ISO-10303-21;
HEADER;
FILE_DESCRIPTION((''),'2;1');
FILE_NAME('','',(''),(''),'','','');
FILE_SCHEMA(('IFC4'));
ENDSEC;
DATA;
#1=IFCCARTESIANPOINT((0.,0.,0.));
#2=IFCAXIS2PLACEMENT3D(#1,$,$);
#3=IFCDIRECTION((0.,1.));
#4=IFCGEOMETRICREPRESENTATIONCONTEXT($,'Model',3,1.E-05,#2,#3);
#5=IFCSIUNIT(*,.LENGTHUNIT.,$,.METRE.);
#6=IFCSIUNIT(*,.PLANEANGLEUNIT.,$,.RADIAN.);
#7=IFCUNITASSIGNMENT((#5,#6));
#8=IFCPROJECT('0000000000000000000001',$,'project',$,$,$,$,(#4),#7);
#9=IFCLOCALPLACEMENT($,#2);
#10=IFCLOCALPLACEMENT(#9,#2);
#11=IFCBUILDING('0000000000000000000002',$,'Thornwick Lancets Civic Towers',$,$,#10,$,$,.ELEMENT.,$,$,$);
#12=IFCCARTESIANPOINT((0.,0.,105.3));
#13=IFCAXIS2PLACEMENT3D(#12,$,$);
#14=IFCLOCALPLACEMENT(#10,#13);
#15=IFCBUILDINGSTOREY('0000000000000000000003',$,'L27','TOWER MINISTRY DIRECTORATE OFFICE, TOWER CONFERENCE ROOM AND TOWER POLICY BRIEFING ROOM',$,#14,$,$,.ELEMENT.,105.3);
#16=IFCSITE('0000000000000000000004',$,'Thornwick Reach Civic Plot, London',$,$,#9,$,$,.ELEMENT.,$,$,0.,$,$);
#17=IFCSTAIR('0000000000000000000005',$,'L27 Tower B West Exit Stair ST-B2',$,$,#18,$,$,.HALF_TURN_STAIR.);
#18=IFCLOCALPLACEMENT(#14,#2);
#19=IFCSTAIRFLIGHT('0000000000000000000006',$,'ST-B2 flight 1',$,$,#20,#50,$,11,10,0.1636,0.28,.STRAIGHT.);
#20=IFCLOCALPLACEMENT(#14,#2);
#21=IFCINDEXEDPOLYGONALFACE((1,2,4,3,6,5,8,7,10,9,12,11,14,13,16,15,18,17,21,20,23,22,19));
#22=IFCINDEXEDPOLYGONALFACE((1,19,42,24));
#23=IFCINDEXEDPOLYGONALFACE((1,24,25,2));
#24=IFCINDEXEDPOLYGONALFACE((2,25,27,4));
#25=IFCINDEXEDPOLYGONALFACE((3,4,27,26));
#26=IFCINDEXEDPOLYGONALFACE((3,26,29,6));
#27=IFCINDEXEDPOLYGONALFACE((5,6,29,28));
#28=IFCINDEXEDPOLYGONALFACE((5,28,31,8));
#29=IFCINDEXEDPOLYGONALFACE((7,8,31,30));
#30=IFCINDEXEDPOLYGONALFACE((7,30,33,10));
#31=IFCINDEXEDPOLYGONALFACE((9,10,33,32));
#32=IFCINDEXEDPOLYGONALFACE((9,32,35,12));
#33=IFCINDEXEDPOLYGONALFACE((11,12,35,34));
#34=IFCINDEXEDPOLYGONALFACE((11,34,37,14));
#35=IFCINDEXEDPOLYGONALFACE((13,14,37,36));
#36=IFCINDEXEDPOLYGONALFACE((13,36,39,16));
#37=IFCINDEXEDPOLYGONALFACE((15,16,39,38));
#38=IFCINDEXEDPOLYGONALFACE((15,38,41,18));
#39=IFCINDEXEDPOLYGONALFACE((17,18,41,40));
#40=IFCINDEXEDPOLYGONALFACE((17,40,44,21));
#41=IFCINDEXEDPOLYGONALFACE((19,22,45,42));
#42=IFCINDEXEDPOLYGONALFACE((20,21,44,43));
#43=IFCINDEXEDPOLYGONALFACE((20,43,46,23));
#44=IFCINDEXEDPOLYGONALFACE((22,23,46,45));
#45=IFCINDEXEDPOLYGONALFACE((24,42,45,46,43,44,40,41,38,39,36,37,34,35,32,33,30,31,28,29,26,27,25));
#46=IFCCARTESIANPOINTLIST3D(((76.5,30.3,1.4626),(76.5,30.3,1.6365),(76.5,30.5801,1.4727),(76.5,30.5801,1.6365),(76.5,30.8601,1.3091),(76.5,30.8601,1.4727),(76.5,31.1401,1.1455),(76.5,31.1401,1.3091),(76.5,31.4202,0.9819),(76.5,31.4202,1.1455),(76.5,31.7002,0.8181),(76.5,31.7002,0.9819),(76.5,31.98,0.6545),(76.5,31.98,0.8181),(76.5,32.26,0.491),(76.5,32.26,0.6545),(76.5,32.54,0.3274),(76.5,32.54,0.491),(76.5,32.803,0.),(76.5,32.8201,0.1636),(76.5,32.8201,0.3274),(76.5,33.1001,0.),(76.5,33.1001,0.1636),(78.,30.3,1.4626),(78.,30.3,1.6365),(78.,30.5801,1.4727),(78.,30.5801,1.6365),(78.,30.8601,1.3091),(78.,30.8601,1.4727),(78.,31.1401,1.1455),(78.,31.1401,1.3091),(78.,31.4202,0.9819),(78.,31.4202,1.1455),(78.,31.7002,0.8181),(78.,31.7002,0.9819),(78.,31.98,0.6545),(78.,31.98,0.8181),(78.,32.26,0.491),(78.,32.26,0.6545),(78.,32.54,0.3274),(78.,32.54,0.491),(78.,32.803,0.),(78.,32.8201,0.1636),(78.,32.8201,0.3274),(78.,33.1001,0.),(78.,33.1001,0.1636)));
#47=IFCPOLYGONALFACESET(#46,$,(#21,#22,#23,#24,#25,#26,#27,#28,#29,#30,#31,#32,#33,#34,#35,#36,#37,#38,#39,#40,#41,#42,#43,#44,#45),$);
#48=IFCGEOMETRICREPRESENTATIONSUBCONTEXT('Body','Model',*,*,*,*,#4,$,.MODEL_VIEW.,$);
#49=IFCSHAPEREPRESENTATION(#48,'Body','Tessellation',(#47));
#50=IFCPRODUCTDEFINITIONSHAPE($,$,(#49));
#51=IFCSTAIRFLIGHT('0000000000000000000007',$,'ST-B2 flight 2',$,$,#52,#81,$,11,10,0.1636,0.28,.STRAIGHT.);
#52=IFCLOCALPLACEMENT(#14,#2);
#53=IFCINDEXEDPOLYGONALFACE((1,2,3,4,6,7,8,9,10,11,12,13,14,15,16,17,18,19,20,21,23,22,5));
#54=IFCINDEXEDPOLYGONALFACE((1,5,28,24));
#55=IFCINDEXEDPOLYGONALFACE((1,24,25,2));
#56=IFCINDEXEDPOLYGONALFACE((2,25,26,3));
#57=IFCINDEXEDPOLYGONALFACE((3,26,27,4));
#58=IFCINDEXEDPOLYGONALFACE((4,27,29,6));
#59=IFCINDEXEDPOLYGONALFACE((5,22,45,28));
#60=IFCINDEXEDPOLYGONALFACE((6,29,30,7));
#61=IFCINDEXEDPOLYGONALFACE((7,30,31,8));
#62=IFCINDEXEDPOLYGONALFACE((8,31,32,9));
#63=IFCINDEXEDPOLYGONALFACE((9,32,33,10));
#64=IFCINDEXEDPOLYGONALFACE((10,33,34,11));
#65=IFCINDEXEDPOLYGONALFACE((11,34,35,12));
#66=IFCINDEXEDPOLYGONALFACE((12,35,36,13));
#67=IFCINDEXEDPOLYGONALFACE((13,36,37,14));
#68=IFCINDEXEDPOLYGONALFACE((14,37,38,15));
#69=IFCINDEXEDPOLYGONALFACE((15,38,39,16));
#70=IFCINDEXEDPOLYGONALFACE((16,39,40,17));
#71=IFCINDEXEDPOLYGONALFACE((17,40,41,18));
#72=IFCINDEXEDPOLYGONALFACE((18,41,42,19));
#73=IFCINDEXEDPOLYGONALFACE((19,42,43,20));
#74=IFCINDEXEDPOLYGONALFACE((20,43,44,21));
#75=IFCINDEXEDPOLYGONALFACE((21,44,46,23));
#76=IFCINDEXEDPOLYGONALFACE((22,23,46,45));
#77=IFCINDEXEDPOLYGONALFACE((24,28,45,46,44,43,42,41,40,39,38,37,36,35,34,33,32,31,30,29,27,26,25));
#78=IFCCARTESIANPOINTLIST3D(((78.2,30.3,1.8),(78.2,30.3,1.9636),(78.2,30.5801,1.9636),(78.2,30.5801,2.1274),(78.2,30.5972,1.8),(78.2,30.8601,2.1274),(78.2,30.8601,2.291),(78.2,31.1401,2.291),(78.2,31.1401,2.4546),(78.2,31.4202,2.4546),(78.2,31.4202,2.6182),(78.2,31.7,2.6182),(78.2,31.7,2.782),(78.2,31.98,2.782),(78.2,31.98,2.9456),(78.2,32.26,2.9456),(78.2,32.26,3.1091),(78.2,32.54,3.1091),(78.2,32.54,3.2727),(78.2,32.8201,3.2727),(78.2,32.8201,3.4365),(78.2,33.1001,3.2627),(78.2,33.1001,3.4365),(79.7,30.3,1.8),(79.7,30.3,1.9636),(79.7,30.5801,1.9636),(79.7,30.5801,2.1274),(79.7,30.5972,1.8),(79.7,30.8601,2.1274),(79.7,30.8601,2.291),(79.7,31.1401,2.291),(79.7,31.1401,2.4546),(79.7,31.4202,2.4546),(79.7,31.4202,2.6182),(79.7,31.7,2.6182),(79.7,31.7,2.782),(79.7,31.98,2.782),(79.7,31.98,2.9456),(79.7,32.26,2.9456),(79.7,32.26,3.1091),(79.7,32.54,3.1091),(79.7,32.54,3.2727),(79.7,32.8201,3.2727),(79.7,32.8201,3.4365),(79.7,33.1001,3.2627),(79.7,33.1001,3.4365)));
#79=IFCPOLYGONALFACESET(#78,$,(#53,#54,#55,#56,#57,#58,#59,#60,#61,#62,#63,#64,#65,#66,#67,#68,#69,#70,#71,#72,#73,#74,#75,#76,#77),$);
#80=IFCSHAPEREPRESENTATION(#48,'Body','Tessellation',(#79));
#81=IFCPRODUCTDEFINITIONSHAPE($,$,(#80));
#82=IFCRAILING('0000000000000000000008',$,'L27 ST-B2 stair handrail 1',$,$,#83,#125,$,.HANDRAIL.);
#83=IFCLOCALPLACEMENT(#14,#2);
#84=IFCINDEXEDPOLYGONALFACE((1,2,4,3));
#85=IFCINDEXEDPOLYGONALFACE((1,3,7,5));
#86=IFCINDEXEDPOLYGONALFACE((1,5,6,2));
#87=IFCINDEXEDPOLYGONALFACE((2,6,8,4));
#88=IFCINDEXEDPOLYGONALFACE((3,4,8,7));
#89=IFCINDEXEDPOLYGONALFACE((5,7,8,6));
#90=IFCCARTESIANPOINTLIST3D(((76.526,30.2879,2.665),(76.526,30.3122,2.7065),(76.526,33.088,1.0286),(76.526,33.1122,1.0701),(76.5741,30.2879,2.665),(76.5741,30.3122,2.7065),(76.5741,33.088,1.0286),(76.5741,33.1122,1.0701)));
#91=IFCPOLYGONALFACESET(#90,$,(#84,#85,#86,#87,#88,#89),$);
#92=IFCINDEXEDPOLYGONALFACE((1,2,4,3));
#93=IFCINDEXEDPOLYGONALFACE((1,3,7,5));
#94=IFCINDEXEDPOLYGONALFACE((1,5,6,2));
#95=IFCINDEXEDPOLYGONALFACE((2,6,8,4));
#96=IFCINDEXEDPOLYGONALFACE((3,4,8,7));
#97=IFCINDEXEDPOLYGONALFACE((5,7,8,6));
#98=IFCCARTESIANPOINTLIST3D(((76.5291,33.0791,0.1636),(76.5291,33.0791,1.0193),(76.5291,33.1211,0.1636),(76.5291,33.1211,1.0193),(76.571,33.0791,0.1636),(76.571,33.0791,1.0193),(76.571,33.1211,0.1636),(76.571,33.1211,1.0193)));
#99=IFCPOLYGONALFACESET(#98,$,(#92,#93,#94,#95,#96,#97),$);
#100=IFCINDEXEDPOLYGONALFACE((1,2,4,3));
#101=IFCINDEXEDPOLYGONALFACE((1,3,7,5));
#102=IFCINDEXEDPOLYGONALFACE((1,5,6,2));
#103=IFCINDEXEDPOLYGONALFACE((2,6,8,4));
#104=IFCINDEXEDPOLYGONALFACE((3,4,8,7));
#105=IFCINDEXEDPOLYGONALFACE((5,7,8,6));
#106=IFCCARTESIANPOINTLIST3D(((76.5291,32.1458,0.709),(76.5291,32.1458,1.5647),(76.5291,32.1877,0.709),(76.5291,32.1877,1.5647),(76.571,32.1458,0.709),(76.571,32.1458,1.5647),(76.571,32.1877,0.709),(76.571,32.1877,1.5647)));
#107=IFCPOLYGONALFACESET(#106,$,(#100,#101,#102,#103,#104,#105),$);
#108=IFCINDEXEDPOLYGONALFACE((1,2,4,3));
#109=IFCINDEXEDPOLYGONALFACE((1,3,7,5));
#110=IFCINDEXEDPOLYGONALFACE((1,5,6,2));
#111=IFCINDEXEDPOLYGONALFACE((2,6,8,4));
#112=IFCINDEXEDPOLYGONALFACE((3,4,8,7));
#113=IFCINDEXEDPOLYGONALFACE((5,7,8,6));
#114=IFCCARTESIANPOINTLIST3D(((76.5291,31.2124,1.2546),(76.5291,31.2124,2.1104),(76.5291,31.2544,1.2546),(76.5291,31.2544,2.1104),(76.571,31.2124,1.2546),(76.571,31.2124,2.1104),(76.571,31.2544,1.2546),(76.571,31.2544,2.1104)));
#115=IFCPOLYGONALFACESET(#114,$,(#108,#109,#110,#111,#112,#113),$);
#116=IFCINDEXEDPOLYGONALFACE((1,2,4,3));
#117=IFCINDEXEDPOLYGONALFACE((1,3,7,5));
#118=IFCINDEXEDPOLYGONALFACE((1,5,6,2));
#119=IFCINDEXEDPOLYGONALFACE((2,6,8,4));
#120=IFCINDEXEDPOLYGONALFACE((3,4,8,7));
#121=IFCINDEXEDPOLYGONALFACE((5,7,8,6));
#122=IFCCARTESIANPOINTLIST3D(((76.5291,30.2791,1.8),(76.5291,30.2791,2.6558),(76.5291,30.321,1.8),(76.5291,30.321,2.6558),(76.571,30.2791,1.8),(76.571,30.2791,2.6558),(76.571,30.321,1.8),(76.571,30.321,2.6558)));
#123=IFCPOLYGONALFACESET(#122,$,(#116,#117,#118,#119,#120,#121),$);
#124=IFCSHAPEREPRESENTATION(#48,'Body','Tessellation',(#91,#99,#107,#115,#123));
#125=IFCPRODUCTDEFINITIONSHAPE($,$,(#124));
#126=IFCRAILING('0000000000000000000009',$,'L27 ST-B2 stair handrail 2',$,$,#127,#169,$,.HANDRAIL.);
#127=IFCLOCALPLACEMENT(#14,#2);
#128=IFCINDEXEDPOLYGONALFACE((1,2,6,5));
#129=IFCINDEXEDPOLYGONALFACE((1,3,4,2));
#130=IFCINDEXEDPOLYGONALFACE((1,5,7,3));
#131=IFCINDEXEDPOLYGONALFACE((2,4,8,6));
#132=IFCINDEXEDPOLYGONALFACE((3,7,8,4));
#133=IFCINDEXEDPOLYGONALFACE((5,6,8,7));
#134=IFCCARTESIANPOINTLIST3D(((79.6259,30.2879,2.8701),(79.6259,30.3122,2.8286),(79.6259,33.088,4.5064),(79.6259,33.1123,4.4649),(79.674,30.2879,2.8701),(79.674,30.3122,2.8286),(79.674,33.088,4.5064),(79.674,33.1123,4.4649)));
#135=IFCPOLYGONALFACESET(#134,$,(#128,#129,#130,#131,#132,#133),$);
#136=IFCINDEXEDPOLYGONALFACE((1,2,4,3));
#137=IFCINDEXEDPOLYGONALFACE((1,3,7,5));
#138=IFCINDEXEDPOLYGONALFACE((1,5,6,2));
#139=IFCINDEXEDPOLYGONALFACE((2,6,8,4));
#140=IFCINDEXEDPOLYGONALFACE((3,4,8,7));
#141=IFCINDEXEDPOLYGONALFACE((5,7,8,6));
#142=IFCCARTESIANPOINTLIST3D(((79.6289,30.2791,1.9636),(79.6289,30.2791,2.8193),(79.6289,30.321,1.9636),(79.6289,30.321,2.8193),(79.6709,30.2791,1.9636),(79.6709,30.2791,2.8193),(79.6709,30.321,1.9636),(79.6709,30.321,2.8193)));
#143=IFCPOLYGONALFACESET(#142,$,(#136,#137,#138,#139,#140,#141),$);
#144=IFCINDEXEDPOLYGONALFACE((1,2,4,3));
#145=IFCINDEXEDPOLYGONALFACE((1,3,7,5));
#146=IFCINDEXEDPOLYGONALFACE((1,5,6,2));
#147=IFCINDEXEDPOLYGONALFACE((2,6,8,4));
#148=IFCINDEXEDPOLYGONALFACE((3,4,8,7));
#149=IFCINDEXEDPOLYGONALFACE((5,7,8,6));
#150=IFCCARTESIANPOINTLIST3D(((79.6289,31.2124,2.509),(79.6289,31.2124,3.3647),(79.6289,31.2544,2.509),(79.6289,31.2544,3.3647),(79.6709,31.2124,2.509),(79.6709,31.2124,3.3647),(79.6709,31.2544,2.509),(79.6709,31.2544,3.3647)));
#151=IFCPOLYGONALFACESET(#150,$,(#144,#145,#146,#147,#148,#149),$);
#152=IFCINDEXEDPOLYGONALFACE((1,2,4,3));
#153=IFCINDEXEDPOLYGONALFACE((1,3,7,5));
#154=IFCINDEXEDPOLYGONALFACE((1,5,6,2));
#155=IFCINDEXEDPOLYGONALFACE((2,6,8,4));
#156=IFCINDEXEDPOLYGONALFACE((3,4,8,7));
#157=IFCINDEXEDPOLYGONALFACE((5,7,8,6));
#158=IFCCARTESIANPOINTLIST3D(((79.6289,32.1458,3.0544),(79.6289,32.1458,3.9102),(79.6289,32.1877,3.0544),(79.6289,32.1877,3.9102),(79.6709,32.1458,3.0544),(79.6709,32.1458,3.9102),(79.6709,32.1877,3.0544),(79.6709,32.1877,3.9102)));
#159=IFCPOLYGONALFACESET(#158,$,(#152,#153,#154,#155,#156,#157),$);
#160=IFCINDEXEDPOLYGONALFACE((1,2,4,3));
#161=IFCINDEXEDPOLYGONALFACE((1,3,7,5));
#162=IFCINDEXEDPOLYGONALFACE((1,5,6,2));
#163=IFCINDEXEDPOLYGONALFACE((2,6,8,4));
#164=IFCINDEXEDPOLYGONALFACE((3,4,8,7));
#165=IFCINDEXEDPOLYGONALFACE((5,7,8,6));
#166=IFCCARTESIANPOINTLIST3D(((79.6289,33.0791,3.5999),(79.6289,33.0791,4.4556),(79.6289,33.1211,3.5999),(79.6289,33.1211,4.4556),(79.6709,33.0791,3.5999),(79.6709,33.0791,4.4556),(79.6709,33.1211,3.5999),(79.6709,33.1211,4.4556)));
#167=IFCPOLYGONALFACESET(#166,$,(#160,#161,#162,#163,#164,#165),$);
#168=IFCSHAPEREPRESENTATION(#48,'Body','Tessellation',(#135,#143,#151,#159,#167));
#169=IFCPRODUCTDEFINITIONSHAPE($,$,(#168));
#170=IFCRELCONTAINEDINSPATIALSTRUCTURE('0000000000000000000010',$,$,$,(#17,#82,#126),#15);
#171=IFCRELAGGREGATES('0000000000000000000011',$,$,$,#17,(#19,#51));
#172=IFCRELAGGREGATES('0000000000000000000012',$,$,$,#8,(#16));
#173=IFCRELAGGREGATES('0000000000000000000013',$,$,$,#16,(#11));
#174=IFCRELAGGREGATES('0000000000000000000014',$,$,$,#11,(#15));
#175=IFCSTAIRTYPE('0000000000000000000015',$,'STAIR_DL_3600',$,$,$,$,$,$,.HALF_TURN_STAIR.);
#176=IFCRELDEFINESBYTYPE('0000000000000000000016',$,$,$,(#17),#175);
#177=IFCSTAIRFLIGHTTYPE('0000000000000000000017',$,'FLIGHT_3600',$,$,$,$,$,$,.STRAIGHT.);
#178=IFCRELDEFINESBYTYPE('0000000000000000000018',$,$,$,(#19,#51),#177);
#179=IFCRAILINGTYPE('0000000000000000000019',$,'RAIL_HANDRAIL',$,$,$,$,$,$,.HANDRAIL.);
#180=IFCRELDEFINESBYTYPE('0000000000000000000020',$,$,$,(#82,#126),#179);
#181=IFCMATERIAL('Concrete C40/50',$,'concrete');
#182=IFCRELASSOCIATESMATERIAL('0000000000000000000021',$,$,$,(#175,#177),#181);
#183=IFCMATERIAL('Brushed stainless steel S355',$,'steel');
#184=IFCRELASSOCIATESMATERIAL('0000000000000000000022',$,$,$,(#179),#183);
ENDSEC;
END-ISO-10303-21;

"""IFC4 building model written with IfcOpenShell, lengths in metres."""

from ifc_helpers import new_model, si_unit, direction, frame, origin, origin_2d, place, context, subcontext, project, spatial, polyline, rectangle, outline, extrude, material, type_object, element, aggregate, save


model = new_model("IFC4")

# Units and contexts
model_context = context("Model", 3, precision=1e-05, world=origin(), true_north=direction((0.0, 1.0)))
body_context = subcontext(model_context, "Body", "Model", "MODEL_VIEW")
ifc_project = project(units=[si_unit("LENGTHUNIT", "METRE"), si_unit("PLANEANGLEUNIT", "RADIAN")], contexts=[model_context])

# Site, building, storey
site_placement = place(None, origin())
site = spatial("IfcSite", under=ifc_project, at=site_placement, Name="Thornwick Reach Civic Plot, London", CompositionType="ELEMENT", RefElevation=0.0)
building_placement = place(site_placement, origin())
building = spatial("IfcBuilding", under=site, at=building_placement, Name="Thornwick Lancets Civic Towers", CompositionType="ELEMENT")
storey_placement = place(building_placement, frame((0.0, 0.0, 105.3)))
storey = spatial("IfcBuildingStorey", under=building, at=storey_placement, Name="L27", Description="TOWER MINISTRY DIRECTORATE OFFICE, TOWER CONFERENCE ROOM AND TOWER POLICY BRIEFING ROOM", CompositionType="ELEMENT", Elevation=105.3)

# Shared definitions
ifc_material_1 = material(Name="Concrete C40/50", Category="concrete")

# Stair, stair flights
stair_type = type_object("IfcStairType", Name="STAIR_DL_3600", PredefinedType="HALF_TURN_STAIR", material=ifc_material_1)
stair_placement = place(storey_placement, origin())
stair = element("IfcStair", 1, at=stair_placement, inside=storey, type_object=stair_type, Name="L27 Tower B West Exit Stair ST-B2", PredefinedType="HALF_TURN_STAIR")
stair_flight_type = type_object("IfcStairFlightType", Name="FLIGHT_3600", PredefinedType="STRAIGHT", material=ifc_material_1)
stair_flight_1_placement = place(storey_placement, frame((77.25, 33.1001, 0.0), z_axis=(0.0, 0.0, 1.0), x_axis=(0.0, -1.0, 0.0)))
stair_flight_1 = element("IfcStairFlight", 2, at=stair_flight_1_placement, type_object=stair_flight_type, Name="ST-B2 flight 1", NumberOfRisers=11, NumberOfTreads=10, PredefinedType="STRAIGHT", RiserHeight=0.1636, TreadLength=0.28, context=body_context, shape_type="SweptSolid", body=[
    extrude(outline(polyline([(0.0, 0.0), (0.0, 0.1636), (0.28, 0.1636), (0.28, 0.3274), (0.5601, 0.3274), (0.5601, 0.491), (0.8401, 0.491), (0.8401, 0.6545), (1.1201, 0.6545), (1.1201, 0.8181), (1.3999, 0.8181), (1.3999, 0.9819), (1.6799, 0.9819), (1.6799, 1.1455), (1.96, 1.1455), (1.96, 1.3091), (2.24, 1.3091), (2.24, 1.4727), (2.52, 1.4727), (2.52, 1.6365), (2.8, 1.6365), (2.8, 1.8), (2.8, 1.4626), (0.2971, 0.0), (0.0, 0.0)])), frame((0.0, 0.75, 0.0), z_axis=(0.0, -1.0, 0.0), x_axis=(1.0, 0.0, 0.0)), (0.0, 0.0, 1.0), 1.5),
])
stair_flight_2_placement = place(storey_placement, frame((78.95, 30.3, 1.8), z_axis=(0.0, 0.0, 1.0), x_axis=(0.0, 1.0, 0.0)))
stair_flight_2 = element("IfcStairFlight", 3, at=stair_flight_2_placement, type_object=stair_flight_type, Name="ST-B2 flight 2", NumberOfRisers=11, NumberOfTreads=10, PredefinedType="STRAIGHT", RiserHeight=0.1636, TreadLength=0.28, context=body_context, shape_type="SweptSolid", body=[
    extrude(outline(polyline([(0.0, 0.0), (0.0, 0.1636), (0.28, 0.1636), (0.28, 0.3274), (0.5601, 0.3274), (0.5601, 0.491), (0.8401, 0.491), (0.8401, 0.6545), (1.1201, 0.6545), (1.1201, 0.8181), (1.3999, 0.8181), (1.3999, 0.9819), (1.6799, 0.9819), (1.6799, 1.1455), (1.96, 1.1455), (1.96, 1.3091), (2.24, 1.3091), (2.24, 1.4727), (2.52, 1.4727), (2.52, 1.6365), (2.8, 1.6365), (2.8, 1.8), (2.8, 1.4626), (0.2971, 0.0), (0.0, 0.0)])), frame((0.0, 0.75, 0.0), z_axis=(0.0, -1.0, 0.0), x_axis=(1.0, 0.0, 0.0)), (0.0, 0.0, 1.0), 1.5),
])
aggregate(stair, [stair_flight_1, stair_flight_2])

# Railings
ifc_material_2 = material(Name="Brushed stainless steel S355", Category="steel")
railing_type_1 = type_object("IfcRailingType", Name="RAIL_HANDRAIL", PredefinedType="HANDRAIL", material=ifc_material_2)
railing_1_placement = place(storey_placement, frame((76.55, 33.1001, 0.1636)))
element("IfcRailing", 4, at=railing_1_placement, inside=storey, type_object=railing_type_1, Name="L27 ST-B2 stair handrail 1", PredefinedType="HANDRAIL", context=body_context, shape_type="SweptSolid", body=[
    extrude(rectangle(XDim=0.0481, YDim=0.0481, at=origin_2d()), frame((0.0, 0.0, 0.8857), z_axis=(0.0, -0.863361, 0.504587), x_axis=(1.0, 0.0, 0.0)), (0.0, 0.0, 1.0), 3.2432),
    extrude(rectangle(XDim=0.042, YDim=0.042, at=origin_2d()), origin(), (0.0, 0.0, 1.0), 0.8557),
    extrude(rectangle(XDim=0.042, YDim=0.042, at=origin_2d()), frame((0.0, -0.9333, 0.5454)), (0.0, 0.0, 1.0), 0.8557),
    extrude(rectangle(XDim=0.042, YDim=0.042, at=origin_2d()), frame((0.0, -1.8667, 1.0911)), (0.0, 0.0, 1.0), 0.8557),
    extrude(rectangle(XDim=0.042, YDim=0.042, at=origin_2d()), frame((0.0, -2.8, 1.6365)), (0.0, 0.0, 1.0), 0.8557),
])
railing_2_placement = place(storey_placement, frame((79.6499, 30.3, 1.9636)))
element("IfcRailing", 5, at=railing_2_placement, inside=storey, type_object=railing_type_1, Name="L27 ST-B2 stair handrail 2", PredefinedType="HANDRAIL", context=body_context, shape_type="SweptSolid", body=[
    extrude(rectangle(XDim=0.0481, YDim=0.0481, at=origin_2d()), frame((0.0, 0.0, 0.8857), z_axis=(0.0, 0.863394, 0.504531), x_axis=(-1.0, 0.0, 0.0)), (0.0, 0.0, 1.0), 3.2432),
    extrude(rectangle(XDim=0.042, YDim=0.042, at=origin_2d()), origin(), (0.0, 0.0, 1.0), 0.8557),
    extrude(rectangle(XDim=0.042, YDim=0.042, at=origin_2d()), frame((0.0, 0.9333, 0.5454)), (0.0, 0.0, 1.0), 0.8557),
    extrude(rectangle(XDim=0.042, YDim=0.042, at=origin_2d()), frame((0.0, 1.8667, 1.0908)), (0.0, 0.0, 1.0), 0.8557),
    extrude(rectangle(XDim=0.042, YDim=0.042, at=origin_2d()), frame((0.0, 2.8, 1.6362)), (0.0, 0.0, 1.0), 0.8557),
])

save(model, "model.ifc")
